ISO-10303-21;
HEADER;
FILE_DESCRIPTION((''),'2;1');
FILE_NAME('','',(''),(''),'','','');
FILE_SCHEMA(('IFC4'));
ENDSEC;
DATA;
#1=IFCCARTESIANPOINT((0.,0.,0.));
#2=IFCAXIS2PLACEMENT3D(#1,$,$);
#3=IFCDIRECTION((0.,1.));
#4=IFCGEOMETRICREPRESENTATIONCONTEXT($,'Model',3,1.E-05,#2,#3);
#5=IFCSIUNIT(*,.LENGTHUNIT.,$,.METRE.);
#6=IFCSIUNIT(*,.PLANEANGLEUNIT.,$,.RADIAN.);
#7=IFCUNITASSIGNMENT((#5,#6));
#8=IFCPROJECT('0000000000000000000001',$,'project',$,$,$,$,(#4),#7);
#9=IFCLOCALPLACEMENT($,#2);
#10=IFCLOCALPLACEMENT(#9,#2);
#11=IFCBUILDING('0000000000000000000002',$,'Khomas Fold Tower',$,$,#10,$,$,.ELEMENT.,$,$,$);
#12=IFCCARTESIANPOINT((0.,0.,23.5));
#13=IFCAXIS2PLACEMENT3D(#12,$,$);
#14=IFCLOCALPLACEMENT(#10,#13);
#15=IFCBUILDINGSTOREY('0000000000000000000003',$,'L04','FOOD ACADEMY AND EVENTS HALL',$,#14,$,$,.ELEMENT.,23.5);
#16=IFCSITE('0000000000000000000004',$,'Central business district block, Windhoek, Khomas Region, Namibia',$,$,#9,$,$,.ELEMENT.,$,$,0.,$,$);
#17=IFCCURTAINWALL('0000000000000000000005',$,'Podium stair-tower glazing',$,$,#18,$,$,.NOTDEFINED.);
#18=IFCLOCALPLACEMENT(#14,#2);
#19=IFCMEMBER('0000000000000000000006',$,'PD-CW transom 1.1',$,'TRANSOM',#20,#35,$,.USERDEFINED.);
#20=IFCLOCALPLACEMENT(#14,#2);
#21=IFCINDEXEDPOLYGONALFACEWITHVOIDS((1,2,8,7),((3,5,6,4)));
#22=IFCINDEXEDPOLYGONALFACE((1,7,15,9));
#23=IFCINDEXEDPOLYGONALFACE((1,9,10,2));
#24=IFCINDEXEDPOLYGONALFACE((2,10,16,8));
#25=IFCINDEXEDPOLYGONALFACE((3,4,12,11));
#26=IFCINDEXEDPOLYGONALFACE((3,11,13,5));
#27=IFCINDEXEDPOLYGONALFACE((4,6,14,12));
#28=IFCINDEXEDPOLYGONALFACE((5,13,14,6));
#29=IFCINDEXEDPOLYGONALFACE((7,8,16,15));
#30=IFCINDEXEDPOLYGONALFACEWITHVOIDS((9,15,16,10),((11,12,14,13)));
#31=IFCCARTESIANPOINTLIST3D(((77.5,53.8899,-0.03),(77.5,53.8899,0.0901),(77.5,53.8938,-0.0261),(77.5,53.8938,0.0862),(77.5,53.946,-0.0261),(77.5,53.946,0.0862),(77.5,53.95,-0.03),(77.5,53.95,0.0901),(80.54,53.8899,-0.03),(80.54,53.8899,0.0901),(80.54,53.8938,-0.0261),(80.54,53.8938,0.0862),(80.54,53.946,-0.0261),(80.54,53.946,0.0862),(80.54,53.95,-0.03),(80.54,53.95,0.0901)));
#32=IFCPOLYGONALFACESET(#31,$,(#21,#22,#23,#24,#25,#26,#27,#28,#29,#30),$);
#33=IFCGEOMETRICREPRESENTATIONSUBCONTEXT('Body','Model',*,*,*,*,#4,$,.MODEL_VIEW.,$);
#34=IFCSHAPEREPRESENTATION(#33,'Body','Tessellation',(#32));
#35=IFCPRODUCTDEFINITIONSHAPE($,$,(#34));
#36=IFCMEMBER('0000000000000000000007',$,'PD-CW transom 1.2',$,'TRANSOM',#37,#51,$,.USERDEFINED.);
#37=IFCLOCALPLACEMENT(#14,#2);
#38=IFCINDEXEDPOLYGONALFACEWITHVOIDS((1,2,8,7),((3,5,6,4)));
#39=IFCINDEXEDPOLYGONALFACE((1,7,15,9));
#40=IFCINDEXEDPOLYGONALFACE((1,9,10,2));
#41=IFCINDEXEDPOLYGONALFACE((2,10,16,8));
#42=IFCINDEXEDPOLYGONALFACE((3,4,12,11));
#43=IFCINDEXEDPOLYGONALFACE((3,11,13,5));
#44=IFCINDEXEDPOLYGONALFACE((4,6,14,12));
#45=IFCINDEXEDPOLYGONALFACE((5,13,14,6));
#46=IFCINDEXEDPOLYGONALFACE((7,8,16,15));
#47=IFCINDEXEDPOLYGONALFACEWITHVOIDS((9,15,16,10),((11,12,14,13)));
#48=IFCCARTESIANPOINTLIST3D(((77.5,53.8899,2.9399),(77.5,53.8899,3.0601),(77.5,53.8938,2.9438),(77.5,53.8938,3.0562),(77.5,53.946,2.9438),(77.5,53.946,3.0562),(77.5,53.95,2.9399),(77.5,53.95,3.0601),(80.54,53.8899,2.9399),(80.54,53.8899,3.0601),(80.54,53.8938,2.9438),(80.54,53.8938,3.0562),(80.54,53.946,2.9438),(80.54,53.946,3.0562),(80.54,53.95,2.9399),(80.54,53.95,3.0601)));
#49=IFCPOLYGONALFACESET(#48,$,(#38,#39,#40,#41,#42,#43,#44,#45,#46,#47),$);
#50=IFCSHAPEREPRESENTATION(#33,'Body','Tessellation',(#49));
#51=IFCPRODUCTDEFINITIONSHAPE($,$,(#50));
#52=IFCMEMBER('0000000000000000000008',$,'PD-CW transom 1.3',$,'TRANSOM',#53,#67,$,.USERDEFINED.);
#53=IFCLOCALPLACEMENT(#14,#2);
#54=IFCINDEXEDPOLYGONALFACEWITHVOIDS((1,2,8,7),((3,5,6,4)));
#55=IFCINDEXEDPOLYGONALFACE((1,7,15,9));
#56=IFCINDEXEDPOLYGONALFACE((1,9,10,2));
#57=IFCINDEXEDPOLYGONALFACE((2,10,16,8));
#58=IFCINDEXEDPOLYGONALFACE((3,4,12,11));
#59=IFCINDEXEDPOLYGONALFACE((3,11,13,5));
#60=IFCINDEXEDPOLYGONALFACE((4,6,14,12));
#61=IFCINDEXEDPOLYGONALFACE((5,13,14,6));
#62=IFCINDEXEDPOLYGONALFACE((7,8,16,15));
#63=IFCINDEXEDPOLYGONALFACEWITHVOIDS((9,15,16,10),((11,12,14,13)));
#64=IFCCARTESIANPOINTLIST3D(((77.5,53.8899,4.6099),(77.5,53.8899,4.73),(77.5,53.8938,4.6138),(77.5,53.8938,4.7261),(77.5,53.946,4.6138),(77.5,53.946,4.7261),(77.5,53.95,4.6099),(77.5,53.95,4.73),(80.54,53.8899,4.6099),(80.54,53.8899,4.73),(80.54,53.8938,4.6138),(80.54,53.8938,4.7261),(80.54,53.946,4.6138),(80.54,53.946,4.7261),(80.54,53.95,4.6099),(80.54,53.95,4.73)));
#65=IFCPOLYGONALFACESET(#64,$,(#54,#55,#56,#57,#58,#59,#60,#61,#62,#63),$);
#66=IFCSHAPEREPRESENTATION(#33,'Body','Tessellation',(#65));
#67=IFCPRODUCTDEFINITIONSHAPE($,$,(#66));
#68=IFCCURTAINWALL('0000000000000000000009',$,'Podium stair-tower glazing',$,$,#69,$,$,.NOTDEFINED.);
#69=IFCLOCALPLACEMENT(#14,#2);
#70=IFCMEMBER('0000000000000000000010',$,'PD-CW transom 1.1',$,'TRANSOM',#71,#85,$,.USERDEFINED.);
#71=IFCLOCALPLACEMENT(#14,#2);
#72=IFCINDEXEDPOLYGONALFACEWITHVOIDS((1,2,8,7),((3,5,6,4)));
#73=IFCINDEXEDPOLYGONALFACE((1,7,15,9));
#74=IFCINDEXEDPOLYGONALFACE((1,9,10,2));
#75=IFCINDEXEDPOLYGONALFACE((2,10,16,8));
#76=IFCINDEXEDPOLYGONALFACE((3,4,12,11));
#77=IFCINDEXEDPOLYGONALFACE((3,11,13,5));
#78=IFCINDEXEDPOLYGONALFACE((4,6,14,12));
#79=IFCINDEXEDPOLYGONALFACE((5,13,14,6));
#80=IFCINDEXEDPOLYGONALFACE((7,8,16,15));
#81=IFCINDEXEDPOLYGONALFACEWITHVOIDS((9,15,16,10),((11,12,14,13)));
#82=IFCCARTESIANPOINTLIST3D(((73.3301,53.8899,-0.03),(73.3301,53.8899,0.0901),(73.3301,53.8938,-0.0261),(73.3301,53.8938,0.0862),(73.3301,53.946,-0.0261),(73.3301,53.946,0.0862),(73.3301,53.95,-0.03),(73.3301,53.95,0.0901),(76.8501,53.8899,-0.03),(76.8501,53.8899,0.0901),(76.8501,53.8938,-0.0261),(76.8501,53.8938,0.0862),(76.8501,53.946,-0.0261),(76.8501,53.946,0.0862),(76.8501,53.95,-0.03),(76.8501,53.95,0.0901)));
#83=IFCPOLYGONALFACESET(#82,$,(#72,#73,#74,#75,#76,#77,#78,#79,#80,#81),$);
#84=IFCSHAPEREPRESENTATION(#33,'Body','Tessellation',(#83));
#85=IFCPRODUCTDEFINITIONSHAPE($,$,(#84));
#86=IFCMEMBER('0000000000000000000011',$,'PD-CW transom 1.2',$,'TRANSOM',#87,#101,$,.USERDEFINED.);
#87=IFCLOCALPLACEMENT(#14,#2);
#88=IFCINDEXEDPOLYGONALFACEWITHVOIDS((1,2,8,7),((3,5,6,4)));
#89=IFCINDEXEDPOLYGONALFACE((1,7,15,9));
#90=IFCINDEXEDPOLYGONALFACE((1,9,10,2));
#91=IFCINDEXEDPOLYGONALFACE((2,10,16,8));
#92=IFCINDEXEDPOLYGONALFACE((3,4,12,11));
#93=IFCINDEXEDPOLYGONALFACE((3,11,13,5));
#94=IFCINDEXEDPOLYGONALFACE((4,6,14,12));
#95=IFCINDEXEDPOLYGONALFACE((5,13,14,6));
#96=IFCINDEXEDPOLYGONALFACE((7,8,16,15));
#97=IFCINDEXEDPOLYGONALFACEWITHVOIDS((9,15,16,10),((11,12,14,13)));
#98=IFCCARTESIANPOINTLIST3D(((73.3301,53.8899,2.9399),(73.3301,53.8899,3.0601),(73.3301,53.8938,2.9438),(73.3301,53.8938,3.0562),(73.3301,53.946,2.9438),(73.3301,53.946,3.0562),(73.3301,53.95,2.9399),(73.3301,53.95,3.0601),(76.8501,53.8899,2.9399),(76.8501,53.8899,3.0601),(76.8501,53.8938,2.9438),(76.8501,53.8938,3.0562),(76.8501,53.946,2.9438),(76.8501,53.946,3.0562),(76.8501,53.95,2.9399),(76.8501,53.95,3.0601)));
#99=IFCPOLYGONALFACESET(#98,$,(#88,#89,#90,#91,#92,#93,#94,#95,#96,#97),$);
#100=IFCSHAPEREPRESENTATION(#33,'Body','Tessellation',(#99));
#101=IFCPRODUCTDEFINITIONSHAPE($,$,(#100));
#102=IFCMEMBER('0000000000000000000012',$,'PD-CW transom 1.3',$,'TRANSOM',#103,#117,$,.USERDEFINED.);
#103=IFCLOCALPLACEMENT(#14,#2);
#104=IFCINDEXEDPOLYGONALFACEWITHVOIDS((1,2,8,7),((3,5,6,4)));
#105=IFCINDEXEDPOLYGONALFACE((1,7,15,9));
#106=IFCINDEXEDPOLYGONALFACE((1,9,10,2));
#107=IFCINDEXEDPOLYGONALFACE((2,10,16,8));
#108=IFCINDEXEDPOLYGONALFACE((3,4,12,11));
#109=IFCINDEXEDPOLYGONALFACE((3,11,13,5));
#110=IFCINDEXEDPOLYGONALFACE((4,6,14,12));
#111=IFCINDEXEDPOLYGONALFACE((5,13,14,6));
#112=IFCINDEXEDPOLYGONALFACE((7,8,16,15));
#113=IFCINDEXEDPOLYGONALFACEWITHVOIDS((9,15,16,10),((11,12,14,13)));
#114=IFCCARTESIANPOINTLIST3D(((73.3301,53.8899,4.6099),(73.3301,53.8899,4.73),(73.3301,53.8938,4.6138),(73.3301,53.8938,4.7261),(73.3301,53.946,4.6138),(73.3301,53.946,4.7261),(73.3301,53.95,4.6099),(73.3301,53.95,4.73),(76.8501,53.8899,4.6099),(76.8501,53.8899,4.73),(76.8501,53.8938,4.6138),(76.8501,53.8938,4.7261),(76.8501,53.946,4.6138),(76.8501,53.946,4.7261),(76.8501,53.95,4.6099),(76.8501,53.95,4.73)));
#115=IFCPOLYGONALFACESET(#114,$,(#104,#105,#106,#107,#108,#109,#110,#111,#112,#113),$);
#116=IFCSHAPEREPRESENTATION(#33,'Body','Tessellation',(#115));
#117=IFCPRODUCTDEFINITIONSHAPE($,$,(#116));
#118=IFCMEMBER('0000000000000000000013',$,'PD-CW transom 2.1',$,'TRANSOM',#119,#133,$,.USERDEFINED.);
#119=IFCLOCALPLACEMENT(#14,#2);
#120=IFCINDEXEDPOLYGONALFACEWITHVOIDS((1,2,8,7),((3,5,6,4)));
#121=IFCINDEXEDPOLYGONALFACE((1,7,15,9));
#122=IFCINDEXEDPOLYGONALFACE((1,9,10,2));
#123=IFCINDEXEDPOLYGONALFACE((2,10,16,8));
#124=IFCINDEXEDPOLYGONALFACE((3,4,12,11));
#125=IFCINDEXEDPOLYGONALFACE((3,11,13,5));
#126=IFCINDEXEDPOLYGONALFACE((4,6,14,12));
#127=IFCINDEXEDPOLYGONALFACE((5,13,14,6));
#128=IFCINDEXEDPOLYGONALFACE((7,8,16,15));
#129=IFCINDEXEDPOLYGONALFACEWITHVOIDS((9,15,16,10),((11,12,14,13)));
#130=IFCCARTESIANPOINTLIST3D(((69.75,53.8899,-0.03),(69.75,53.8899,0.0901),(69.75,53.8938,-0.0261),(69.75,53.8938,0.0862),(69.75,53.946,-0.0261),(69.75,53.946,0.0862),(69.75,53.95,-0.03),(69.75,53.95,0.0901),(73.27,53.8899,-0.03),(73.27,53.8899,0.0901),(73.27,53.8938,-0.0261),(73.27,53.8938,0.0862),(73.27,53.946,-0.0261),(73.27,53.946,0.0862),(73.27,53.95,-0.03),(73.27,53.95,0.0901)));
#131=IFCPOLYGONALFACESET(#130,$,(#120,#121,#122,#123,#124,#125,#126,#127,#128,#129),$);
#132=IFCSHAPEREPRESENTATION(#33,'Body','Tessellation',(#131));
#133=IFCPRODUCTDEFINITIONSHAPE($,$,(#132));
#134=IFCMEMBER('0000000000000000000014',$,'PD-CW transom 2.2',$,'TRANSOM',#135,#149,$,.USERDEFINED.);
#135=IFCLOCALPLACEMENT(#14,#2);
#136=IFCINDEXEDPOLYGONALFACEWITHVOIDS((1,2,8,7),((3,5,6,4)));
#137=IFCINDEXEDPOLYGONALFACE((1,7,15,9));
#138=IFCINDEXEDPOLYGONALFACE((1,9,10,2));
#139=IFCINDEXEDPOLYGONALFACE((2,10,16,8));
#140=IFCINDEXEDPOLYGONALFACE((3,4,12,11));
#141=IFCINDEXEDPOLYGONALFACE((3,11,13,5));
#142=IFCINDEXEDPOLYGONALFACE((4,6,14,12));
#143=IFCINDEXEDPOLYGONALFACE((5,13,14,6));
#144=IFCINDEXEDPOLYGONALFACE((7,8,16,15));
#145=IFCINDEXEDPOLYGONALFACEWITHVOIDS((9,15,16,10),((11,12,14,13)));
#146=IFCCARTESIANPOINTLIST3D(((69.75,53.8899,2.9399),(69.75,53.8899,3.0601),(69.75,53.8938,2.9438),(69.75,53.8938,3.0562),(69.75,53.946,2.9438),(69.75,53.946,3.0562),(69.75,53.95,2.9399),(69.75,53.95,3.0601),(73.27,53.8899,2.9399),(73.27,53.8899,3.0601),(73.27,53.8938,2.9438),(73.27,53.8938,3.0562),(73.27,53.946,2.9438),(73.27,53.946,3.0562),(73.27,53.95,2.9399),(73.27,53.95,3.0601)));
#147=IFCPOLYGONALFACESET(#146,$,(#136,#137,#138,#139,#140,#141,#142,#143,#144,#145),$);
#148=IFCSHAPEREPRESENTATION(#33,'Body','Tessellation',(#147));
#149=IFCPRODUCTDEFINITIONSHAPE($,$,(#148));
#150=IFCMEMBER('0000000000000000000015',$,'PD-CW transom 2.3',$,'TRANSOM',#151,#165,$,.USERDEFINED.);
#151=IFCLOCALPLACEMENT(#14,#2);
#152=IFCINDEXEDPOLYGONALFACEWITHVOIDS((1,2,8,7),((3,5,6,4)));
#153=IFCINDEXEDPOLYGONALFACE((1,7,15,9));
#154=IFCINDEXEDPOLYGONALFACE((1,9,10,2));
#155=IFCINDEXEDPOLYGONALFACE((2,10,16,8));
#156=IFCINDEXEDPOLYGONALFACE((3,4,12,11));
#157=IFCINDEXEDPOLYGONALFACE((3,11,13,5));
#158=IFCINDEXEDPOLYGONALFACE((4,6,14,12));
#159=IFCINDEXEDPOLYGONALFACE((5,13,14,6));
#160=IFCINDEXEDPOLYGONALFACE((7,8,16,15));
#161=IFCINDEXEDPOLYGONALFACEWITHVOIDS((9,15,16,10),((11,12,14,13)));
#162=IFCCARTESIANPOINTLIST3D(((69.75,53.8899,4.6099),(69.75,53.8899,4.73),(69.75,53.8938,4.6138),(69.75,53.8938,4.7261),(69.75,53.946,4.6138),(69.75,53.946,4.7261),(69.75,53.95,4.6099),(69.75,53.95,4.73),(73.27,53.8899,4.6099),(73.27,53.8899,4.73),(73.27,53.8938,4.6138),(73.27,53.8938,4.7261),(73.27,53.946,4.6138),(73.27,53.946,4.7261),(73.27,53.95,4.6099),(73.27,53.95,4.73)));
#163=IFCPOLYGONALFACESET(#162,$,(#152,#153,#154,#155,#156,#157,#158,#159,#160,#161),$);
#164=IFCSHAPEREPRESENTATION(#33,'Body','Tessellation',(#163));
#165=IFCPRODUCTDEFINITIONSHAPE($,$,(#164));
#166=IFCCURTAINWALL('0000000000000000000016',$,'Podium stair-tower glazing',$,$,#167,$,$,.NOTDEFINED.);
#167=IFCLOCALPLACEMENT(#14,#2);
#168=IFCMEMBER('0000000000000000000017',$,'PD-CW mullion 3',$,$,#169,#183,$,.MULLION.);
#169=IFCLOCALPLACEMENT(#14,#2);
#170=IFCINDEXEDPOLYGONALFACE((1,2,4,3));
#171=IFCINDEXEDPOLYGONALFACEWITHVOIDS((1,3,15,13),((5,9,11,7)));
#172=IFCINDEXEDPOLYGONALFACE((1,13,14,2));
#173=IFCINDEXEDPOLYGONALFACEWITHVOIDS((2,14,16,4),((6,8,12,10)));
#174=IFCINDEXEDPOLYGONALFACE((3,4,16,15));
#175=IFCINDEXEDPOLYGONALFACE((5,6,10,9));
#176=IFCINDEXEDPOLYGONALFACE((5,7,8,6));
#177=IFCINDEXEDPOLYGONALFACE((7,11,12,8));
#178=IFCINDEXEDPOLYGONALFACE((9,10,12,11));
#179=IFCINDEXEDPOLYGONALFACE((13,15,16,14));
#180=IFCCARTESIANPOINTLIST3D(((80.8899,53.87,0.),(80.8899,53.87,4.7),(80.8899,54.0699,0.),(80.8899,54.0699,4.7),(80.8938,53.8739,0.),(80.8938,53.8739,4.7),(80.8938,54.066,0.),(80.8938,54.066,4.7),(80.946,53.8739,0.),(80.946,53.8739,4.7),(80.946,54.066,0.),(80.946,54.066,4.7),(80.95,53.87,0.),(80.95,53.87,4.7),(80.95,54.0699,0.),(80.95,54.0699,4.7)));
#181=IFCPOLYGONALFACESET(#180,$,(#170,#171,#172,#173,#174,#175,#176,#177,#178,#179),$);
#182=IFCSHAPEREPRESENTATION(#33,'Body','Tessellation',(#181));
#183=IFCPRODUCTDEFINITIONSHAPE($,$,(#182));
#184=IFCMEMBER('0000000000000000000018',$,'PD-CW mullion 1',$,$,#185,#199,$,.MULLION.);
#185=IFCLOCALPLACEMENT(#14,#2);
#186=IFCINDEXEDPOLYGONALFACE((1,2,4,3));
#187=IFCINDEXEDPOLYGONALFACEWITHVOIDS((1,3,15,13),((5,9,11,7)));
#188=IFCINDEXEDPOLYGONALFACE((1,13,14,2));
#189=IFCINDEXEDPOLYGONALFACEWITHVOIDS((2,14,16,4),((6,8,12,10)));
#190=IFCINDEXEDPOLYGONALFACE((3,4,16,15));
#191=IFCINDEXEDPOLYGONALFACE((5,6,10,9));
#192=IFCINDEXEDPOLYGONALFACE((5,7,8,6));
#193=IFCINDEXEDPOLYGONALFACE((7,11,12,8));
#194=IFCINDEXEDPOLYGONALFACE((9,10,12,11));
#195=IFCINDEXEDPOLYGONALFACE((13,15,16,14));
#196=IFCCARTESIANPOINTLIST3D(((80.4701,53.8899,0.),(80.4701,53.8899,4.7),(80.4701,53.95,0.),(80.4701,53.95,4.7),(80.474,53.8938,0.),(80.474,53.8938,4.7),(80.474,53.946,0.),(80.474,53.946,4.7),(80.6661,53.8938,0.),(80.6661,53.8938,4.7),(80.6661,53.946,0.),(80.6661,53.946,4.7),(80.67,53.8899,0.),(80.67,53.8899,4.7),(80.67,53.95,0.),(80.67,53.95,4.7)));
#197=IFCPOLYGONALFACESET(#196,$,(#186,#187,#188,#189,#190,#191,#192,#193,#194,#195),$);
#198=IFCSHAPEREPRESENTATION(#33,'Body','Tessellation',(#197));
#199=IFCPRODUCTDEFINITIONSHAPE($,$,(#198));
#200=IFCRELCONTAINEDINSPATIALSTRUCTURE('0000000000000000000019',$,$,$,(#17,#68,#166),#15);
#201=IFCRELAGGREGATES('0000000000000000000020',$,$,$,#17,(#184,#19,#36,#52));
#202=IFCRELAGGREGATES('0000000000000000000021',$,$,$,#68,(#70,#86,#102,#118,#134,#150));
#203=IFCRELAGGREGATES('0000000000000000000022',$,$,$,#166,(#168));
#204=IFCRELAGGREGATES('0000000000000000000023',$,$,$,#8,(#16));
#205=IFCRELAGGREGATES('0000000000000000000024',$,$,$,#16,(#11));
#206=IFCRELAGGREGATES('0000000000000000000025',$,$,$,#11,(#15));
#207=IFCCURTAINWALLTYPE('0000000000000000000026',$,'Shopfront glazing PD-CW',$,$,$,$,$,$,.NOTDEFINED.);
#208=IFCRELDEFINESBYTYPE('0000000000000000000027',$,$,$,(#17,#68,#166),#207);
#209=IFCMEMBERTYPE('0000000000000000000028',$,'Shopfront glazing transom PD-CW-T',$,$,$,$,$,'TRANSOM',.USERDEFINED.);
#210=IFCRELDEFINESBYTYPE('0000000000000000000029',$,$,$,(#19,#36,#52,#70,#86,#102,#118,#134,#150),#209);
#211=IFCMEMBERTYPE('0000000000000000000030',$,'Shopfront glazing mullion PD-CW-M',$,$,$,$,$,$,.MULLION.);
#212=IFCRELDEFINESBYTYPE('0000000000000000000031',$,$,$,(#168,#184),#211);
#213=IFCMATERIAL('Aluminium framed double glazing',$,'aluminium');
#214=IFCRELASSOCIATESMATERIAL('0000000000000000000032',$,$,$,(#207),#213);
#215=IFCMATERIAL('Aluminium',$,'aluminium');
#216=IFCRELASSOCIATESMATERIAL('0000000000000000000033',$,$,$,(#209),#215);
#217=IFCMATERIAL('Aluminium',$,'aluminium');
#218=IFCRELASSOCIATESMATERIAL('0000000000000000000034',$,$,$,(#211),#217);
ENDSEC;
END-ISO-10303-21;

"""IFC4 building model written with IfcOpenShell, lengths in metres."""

from ifc_helpers import new_model, si_unit, direction, frame, origin, origin_2d, place, context, subcontext, project, spatial, hollow_rectangle, extrude, source, transform, mapped, material, material_profile, profile_set, type_object, element, aggregate, save


model = new_model("IFC4")

# Units and contexts
model_context = context("Model", 3, precision=1e-05, world=origin(), true_north=direction((0.0, 1.0)))
body_context = subcontext(model_context, "Body", "Model", "MODEL_VIEW")
ifc_project = project(units=[si_unit("LENGTHUNIT", "METRE"), si_unit("PLANEANGLEUNIT", "RADIAN")], contexts=[model_context])

# Site, building, storey
site_placement = place(None, origin())
site = spatial("IfcSite", under=ifc_project, at=site_placement, Name="Central business district block, Windhoek, Khomas Region, Namibia", CompositionType="ELEMENT", RefElevation=0.0)
building_placement = place(site_placement, origin())
building = spatial("IfcBuilding", under=site, at=building_placement, Name="Khomas Fold Tower", CompositionType="ELEMENT")
storey_placement = place(building_placement, frame((0.0, 0.0, 23.5)))
storey = spatial("IfcBuildingStorey", under=building, at=storey_placement, Name="L04", Description="FOOD ACADEMY AND EVENTS HALL", CompositionType="ELEMENT", Elevation=23.5)

# Curtain walls, members
ifc_material_1 = material(Name="Aluminium framed double glazing", Category="aluminium")
curtain_wall_type = type_object("IfcCurtainWallType", Name="Shopfront glazing PD-CW", PredefinedType="NOTDEFINED", material=ifc_material_1)
curtain_wall_1_placement = place(storey_placement, origin())
curtain_wall_1 = element("IfcCurtainWall", 1, at=curtain_wall_1_placement, inside=storey, type_object=curtain_wall_type, Name="Podium stair-tower glazing", PredefinedType="NOTDEFINED")
ifc_material_2 = material(Name="Aluminium", Category="aluminium")
ifc_material_profile_1 = material_profile(ifc_material_2, hollow_rectangle(XDim=0.0601, YDim=0.1201, WallThickness=0.0039, at=origin_2d()), Name="Shopfront glazing transom PD-CW-T")
ifc_profile_set_1 = profile_set([ifc_material_profile_1], Name="Aluminium")
member_type_1 = type_object("IfcMemberType", Name="Shopfront glazing transom PD-CW-T", ElementType="TRANSOM", PredefinedType="USERDEFINED", material=ifc_profile_set_1)
shared_shape_1 = source(origin(), body_context, "Body", "SweptSolid", [
    extrude(hollow_rectangle(XDim=0.0601, YDim=0.1201, WallThickness=0.0039, at=origin_2d()), origin(), (0.0, 0.0, 1.0), 3.04),
])
member_1_placement = place(storey_placement, frame((80.54, 53.9199, 0.03), z_axis=(-1.0, 0.0, 0.0), x_axis=(0.0, -1.0, 0.0)))
member_1 = element("IfcMember", 2, at=member_1_placement, type_object=member_type_1, Name="PD-CW transom 1.1", ObjectType="TRANSOM", PredefinedType="USERDEFINED", context=body_context, shape_type="MappedRepresentation", body=[
    mapped(shared_shape_1, transform((0.0, 0.0, 0.0))),
])
member_2_placement = place(storey_placement, frame((80.54, 53.9199, 3.0), z_axis=(-1.0, 0.0, 0.0), x_axis=(0.0, -1.0, 0.0)))
member_2 = element("IfcMember", 3, at=member_2_placement, type_object=member_type_1, Name="PD-CW transom 1.2", ObjectType="TRANSOM", PredefinedType="USERDEFINED", context=body_context, shape_type="MappedRepresentation", body=[
    mapped(shared_shape_1, transform((0.0, 0.0, 0.0))),
])
member_3_placement = place(storey_placement, frame((80.54, 53.9199, 4.6699), z_axis=(-1.0, 0.0, 0.0), x_axis=(0.0, -1.0, 0.0)))
member_3 = element("IfcMember", 4, at=member_3_placement, type_object=member_type_1, Name="PD-CW transom 1.3", ObjectType="TRANSOM", PredefinedType="USERDEFINED", context=body_context, shape_type="MappedRepresentation", body=[
    mapped(shared_shape_1, transform((0.0, 0.0, 0.0))),
])
curtain_wall_2_placement = place(storey_placement, origin())
curtain_wall_2 = element("IfcCurtainWall", 5, at=curtain_wall_2_placement, inside=storey, type_object=curtain_wall_type, Name="Podium stair-tower glazing", PredefinedType="NOTDEFINED")
shared_shape_2 = source(origin(), body_context, "Body", "SweptSolid", [
    extrude(hollow_rectangle(XDim=0.0601, YDim=0.1201, WallThickness=0.0039, at=origin_2d()), origin(), (0.0, 0.0, 1.0), 3.52),
])
member_4_placement = place(storey_placement, frame((76.8501, 53.9199, 0.03), z_axis=(-1.0, 0.0, 0.0), x_axis=(0.0, -1.0, 0.0)))
member_4 = element("IfcMember", 6, at=member_4_placement, type_object=member_type_1, Name="PD-CW transom 1.1", ObjectType="TRANSOM", PredefinedType="USERDEFINED", context=body_context, shape_type="MappedRepresentation", body=[
    mapped(shared_shape_2, transform((0.0, 0.0, 0.0))),
])
member_5_placement = place(storey_placement, frame((76.8501, 53.9199, 3.0), z_axis=(-1.0, 0.0, 0.0), x_axis=(0.0, -1.0, 0.0)))
member_5 = element("IfcMember", 7, at=member_5_placement, type_object=member_type_1, Name="PD-CW transom 1.2", ObjectType="TRANSOM", PredefinedType="USERDEFINED", context=body_context, shape_type="MappedRepresentation", body=[
    mapped(shared_shape_2, transform((0.0, 0.0, 0.0))),
])
member_6_placement = place(storey_placement, frame((76.8501, 53.9199, 4.6699), z_axis=(-1.0, 0.0, 0.0), x_axis=(0.0, -1.0, 0.0)))
member_6 = element("IfcMember", 8, at=member_6_placement, type_object=member_type_1, Name="PD-CW transom 1.3", ObjectType="TRANSOM", PredefinedType="USERDEFINED", context=body_context, shape_type="MappedRepresentation", body=[
    mapped(shared_shape_2, transform((0.0, 0.0, 0.0))),
])
member_7_placement = place(storey_placement, frame((73.27, 53.9199, 0.03), z_axis=(-1.0, 0.0, 0.0), x_axis=(0.0, -1.0, 0.0)))
member_7 = element("IfcMember", 9, at=member_7_placement, type_object=member_type_1, Name="PD-CW transom 2.1", ObjectType="TRANSOM", PredefinedType="USERDEFINED", context=body_context, shape_type="MappedRepresentation", body=[
    mapped(shared_shape_2, transform((0.0, 0.0, 0.0))),
])
member_8_placement = place(storey_placement, frame((73.27, 53.9199, 3.0), z_axis=(-1.0, 0.0, 0.0), x_axis=(0.0, -1.0, 0.0)))
member_8 = element("IfcMember", 10, at=member_8_placement, type_object=member_type_1, Name="PD-CW transom 2.2", ObjectType="TRANSOM", PredefinedType="USERDEFINED", context=body_context, shape_type="MappedRepresentation", body=[
    mapped(shared_shape_2, transform((0.0, 0.0, 0.0))),
])
member_9_placement = place(storey_placement, frame((73.27, 53.9199, 4.6699), z_axis=(-1.0, 0.0, 0.0), x_axis=(0.0, -1.0, 0.0)))
member_9 = element("IfcMember", 11, at=member_9_placement, type_object=member_type_1, Name="PD-CW transom 2.3", ObjectType="TRANSOM", PredefinedType="USERDEFINED", context=body_context, shape_type="MappedRepresentation", body=[
    mapped(shared_shape_2, transform((0.0, 0.0, 0.0))),
])

# Curtain wall, member
curtain_wall_3_placement = place(storey_placement, origin())
curtain_wall_3 = element("IfcCurtainWall", 12, at=curtain_wall_3_placement, inside=storey, type_object=curtain_wall_type, Name="Podium stair-tower glazing", PredefinedType="NOTDEFINED")
ifc_material_3 = material(Name="Aluminium", Category="aluminium")
ifc_material_profile_2 = material_profile(ifc_material_3, hollow_rectangle(XDim=0.0601, YDim=0.2, WallThickness=0.0039, at=origin_2d()), Name="Shopfront glazing mullion PD-CW-M")
ifc_profile_set_2 = profile_set([ifc_material_profile_2], Name="Aluminium")
member_type_2 = type_object("IfcMemberType", Name="Shopfront glazing mullion PD-CW-M", PredefinedType="MULLION", material=ifc_profile_set_2)
shared_shape_3 = source(origin(), body_context, "Body", "SweptSolid", [
    extrude(hollow_rectangle(XDim=0.0601, YDim=0.2, WallThickness=0.0039, at=origin_2d()), origin(), (0.0, 0.0, 1.0), 4.7),
])
member_10_placement = place(storey_placement, frame((80.9199, 53.97, 0.0), z_axis=(0.0, 0.0, 1.0), x_axis=(-1.0, 0.0, 0.0)))
member_10 = element("IfcMember", 13, at=member_10_placement, type_object=member_type_2, Name="PD-CW mullion 3", PredefinedType="MULLION", context=body_context, shape_type="MappedRepresentation", body=[
    mapped(shared_shape_3, transform((0.0, 0.0, 0.0))),
])

# Member
member_11_placement = place(storey_placement, frame((80.5701, 53.9199, 0.0), z_axis=(0.0, 0.0, 1.0), x_axis=(0.0, -1.0, 0.0)))
member_11 = element("IfcMember", 14, at=member_11_placement, type_object=member_type_2, Name="PD-CW mullion 1", PredefinedType="MULLION", context=body_context, shape_type="MappedRepresentation", body=[
    mapped(shared_shape_3, transform((0.0, 0.0, 0.0))),
])

aggregate(curtain_wall_1, [member_11, member_1, member_2, member_3])
aggregate(curtain_wall_2, [member_4, member_5, member_6, member_7, member_8, member_9])
aggregate(curtain_wall_3, [member_10])

save(model, "model.ifc")
